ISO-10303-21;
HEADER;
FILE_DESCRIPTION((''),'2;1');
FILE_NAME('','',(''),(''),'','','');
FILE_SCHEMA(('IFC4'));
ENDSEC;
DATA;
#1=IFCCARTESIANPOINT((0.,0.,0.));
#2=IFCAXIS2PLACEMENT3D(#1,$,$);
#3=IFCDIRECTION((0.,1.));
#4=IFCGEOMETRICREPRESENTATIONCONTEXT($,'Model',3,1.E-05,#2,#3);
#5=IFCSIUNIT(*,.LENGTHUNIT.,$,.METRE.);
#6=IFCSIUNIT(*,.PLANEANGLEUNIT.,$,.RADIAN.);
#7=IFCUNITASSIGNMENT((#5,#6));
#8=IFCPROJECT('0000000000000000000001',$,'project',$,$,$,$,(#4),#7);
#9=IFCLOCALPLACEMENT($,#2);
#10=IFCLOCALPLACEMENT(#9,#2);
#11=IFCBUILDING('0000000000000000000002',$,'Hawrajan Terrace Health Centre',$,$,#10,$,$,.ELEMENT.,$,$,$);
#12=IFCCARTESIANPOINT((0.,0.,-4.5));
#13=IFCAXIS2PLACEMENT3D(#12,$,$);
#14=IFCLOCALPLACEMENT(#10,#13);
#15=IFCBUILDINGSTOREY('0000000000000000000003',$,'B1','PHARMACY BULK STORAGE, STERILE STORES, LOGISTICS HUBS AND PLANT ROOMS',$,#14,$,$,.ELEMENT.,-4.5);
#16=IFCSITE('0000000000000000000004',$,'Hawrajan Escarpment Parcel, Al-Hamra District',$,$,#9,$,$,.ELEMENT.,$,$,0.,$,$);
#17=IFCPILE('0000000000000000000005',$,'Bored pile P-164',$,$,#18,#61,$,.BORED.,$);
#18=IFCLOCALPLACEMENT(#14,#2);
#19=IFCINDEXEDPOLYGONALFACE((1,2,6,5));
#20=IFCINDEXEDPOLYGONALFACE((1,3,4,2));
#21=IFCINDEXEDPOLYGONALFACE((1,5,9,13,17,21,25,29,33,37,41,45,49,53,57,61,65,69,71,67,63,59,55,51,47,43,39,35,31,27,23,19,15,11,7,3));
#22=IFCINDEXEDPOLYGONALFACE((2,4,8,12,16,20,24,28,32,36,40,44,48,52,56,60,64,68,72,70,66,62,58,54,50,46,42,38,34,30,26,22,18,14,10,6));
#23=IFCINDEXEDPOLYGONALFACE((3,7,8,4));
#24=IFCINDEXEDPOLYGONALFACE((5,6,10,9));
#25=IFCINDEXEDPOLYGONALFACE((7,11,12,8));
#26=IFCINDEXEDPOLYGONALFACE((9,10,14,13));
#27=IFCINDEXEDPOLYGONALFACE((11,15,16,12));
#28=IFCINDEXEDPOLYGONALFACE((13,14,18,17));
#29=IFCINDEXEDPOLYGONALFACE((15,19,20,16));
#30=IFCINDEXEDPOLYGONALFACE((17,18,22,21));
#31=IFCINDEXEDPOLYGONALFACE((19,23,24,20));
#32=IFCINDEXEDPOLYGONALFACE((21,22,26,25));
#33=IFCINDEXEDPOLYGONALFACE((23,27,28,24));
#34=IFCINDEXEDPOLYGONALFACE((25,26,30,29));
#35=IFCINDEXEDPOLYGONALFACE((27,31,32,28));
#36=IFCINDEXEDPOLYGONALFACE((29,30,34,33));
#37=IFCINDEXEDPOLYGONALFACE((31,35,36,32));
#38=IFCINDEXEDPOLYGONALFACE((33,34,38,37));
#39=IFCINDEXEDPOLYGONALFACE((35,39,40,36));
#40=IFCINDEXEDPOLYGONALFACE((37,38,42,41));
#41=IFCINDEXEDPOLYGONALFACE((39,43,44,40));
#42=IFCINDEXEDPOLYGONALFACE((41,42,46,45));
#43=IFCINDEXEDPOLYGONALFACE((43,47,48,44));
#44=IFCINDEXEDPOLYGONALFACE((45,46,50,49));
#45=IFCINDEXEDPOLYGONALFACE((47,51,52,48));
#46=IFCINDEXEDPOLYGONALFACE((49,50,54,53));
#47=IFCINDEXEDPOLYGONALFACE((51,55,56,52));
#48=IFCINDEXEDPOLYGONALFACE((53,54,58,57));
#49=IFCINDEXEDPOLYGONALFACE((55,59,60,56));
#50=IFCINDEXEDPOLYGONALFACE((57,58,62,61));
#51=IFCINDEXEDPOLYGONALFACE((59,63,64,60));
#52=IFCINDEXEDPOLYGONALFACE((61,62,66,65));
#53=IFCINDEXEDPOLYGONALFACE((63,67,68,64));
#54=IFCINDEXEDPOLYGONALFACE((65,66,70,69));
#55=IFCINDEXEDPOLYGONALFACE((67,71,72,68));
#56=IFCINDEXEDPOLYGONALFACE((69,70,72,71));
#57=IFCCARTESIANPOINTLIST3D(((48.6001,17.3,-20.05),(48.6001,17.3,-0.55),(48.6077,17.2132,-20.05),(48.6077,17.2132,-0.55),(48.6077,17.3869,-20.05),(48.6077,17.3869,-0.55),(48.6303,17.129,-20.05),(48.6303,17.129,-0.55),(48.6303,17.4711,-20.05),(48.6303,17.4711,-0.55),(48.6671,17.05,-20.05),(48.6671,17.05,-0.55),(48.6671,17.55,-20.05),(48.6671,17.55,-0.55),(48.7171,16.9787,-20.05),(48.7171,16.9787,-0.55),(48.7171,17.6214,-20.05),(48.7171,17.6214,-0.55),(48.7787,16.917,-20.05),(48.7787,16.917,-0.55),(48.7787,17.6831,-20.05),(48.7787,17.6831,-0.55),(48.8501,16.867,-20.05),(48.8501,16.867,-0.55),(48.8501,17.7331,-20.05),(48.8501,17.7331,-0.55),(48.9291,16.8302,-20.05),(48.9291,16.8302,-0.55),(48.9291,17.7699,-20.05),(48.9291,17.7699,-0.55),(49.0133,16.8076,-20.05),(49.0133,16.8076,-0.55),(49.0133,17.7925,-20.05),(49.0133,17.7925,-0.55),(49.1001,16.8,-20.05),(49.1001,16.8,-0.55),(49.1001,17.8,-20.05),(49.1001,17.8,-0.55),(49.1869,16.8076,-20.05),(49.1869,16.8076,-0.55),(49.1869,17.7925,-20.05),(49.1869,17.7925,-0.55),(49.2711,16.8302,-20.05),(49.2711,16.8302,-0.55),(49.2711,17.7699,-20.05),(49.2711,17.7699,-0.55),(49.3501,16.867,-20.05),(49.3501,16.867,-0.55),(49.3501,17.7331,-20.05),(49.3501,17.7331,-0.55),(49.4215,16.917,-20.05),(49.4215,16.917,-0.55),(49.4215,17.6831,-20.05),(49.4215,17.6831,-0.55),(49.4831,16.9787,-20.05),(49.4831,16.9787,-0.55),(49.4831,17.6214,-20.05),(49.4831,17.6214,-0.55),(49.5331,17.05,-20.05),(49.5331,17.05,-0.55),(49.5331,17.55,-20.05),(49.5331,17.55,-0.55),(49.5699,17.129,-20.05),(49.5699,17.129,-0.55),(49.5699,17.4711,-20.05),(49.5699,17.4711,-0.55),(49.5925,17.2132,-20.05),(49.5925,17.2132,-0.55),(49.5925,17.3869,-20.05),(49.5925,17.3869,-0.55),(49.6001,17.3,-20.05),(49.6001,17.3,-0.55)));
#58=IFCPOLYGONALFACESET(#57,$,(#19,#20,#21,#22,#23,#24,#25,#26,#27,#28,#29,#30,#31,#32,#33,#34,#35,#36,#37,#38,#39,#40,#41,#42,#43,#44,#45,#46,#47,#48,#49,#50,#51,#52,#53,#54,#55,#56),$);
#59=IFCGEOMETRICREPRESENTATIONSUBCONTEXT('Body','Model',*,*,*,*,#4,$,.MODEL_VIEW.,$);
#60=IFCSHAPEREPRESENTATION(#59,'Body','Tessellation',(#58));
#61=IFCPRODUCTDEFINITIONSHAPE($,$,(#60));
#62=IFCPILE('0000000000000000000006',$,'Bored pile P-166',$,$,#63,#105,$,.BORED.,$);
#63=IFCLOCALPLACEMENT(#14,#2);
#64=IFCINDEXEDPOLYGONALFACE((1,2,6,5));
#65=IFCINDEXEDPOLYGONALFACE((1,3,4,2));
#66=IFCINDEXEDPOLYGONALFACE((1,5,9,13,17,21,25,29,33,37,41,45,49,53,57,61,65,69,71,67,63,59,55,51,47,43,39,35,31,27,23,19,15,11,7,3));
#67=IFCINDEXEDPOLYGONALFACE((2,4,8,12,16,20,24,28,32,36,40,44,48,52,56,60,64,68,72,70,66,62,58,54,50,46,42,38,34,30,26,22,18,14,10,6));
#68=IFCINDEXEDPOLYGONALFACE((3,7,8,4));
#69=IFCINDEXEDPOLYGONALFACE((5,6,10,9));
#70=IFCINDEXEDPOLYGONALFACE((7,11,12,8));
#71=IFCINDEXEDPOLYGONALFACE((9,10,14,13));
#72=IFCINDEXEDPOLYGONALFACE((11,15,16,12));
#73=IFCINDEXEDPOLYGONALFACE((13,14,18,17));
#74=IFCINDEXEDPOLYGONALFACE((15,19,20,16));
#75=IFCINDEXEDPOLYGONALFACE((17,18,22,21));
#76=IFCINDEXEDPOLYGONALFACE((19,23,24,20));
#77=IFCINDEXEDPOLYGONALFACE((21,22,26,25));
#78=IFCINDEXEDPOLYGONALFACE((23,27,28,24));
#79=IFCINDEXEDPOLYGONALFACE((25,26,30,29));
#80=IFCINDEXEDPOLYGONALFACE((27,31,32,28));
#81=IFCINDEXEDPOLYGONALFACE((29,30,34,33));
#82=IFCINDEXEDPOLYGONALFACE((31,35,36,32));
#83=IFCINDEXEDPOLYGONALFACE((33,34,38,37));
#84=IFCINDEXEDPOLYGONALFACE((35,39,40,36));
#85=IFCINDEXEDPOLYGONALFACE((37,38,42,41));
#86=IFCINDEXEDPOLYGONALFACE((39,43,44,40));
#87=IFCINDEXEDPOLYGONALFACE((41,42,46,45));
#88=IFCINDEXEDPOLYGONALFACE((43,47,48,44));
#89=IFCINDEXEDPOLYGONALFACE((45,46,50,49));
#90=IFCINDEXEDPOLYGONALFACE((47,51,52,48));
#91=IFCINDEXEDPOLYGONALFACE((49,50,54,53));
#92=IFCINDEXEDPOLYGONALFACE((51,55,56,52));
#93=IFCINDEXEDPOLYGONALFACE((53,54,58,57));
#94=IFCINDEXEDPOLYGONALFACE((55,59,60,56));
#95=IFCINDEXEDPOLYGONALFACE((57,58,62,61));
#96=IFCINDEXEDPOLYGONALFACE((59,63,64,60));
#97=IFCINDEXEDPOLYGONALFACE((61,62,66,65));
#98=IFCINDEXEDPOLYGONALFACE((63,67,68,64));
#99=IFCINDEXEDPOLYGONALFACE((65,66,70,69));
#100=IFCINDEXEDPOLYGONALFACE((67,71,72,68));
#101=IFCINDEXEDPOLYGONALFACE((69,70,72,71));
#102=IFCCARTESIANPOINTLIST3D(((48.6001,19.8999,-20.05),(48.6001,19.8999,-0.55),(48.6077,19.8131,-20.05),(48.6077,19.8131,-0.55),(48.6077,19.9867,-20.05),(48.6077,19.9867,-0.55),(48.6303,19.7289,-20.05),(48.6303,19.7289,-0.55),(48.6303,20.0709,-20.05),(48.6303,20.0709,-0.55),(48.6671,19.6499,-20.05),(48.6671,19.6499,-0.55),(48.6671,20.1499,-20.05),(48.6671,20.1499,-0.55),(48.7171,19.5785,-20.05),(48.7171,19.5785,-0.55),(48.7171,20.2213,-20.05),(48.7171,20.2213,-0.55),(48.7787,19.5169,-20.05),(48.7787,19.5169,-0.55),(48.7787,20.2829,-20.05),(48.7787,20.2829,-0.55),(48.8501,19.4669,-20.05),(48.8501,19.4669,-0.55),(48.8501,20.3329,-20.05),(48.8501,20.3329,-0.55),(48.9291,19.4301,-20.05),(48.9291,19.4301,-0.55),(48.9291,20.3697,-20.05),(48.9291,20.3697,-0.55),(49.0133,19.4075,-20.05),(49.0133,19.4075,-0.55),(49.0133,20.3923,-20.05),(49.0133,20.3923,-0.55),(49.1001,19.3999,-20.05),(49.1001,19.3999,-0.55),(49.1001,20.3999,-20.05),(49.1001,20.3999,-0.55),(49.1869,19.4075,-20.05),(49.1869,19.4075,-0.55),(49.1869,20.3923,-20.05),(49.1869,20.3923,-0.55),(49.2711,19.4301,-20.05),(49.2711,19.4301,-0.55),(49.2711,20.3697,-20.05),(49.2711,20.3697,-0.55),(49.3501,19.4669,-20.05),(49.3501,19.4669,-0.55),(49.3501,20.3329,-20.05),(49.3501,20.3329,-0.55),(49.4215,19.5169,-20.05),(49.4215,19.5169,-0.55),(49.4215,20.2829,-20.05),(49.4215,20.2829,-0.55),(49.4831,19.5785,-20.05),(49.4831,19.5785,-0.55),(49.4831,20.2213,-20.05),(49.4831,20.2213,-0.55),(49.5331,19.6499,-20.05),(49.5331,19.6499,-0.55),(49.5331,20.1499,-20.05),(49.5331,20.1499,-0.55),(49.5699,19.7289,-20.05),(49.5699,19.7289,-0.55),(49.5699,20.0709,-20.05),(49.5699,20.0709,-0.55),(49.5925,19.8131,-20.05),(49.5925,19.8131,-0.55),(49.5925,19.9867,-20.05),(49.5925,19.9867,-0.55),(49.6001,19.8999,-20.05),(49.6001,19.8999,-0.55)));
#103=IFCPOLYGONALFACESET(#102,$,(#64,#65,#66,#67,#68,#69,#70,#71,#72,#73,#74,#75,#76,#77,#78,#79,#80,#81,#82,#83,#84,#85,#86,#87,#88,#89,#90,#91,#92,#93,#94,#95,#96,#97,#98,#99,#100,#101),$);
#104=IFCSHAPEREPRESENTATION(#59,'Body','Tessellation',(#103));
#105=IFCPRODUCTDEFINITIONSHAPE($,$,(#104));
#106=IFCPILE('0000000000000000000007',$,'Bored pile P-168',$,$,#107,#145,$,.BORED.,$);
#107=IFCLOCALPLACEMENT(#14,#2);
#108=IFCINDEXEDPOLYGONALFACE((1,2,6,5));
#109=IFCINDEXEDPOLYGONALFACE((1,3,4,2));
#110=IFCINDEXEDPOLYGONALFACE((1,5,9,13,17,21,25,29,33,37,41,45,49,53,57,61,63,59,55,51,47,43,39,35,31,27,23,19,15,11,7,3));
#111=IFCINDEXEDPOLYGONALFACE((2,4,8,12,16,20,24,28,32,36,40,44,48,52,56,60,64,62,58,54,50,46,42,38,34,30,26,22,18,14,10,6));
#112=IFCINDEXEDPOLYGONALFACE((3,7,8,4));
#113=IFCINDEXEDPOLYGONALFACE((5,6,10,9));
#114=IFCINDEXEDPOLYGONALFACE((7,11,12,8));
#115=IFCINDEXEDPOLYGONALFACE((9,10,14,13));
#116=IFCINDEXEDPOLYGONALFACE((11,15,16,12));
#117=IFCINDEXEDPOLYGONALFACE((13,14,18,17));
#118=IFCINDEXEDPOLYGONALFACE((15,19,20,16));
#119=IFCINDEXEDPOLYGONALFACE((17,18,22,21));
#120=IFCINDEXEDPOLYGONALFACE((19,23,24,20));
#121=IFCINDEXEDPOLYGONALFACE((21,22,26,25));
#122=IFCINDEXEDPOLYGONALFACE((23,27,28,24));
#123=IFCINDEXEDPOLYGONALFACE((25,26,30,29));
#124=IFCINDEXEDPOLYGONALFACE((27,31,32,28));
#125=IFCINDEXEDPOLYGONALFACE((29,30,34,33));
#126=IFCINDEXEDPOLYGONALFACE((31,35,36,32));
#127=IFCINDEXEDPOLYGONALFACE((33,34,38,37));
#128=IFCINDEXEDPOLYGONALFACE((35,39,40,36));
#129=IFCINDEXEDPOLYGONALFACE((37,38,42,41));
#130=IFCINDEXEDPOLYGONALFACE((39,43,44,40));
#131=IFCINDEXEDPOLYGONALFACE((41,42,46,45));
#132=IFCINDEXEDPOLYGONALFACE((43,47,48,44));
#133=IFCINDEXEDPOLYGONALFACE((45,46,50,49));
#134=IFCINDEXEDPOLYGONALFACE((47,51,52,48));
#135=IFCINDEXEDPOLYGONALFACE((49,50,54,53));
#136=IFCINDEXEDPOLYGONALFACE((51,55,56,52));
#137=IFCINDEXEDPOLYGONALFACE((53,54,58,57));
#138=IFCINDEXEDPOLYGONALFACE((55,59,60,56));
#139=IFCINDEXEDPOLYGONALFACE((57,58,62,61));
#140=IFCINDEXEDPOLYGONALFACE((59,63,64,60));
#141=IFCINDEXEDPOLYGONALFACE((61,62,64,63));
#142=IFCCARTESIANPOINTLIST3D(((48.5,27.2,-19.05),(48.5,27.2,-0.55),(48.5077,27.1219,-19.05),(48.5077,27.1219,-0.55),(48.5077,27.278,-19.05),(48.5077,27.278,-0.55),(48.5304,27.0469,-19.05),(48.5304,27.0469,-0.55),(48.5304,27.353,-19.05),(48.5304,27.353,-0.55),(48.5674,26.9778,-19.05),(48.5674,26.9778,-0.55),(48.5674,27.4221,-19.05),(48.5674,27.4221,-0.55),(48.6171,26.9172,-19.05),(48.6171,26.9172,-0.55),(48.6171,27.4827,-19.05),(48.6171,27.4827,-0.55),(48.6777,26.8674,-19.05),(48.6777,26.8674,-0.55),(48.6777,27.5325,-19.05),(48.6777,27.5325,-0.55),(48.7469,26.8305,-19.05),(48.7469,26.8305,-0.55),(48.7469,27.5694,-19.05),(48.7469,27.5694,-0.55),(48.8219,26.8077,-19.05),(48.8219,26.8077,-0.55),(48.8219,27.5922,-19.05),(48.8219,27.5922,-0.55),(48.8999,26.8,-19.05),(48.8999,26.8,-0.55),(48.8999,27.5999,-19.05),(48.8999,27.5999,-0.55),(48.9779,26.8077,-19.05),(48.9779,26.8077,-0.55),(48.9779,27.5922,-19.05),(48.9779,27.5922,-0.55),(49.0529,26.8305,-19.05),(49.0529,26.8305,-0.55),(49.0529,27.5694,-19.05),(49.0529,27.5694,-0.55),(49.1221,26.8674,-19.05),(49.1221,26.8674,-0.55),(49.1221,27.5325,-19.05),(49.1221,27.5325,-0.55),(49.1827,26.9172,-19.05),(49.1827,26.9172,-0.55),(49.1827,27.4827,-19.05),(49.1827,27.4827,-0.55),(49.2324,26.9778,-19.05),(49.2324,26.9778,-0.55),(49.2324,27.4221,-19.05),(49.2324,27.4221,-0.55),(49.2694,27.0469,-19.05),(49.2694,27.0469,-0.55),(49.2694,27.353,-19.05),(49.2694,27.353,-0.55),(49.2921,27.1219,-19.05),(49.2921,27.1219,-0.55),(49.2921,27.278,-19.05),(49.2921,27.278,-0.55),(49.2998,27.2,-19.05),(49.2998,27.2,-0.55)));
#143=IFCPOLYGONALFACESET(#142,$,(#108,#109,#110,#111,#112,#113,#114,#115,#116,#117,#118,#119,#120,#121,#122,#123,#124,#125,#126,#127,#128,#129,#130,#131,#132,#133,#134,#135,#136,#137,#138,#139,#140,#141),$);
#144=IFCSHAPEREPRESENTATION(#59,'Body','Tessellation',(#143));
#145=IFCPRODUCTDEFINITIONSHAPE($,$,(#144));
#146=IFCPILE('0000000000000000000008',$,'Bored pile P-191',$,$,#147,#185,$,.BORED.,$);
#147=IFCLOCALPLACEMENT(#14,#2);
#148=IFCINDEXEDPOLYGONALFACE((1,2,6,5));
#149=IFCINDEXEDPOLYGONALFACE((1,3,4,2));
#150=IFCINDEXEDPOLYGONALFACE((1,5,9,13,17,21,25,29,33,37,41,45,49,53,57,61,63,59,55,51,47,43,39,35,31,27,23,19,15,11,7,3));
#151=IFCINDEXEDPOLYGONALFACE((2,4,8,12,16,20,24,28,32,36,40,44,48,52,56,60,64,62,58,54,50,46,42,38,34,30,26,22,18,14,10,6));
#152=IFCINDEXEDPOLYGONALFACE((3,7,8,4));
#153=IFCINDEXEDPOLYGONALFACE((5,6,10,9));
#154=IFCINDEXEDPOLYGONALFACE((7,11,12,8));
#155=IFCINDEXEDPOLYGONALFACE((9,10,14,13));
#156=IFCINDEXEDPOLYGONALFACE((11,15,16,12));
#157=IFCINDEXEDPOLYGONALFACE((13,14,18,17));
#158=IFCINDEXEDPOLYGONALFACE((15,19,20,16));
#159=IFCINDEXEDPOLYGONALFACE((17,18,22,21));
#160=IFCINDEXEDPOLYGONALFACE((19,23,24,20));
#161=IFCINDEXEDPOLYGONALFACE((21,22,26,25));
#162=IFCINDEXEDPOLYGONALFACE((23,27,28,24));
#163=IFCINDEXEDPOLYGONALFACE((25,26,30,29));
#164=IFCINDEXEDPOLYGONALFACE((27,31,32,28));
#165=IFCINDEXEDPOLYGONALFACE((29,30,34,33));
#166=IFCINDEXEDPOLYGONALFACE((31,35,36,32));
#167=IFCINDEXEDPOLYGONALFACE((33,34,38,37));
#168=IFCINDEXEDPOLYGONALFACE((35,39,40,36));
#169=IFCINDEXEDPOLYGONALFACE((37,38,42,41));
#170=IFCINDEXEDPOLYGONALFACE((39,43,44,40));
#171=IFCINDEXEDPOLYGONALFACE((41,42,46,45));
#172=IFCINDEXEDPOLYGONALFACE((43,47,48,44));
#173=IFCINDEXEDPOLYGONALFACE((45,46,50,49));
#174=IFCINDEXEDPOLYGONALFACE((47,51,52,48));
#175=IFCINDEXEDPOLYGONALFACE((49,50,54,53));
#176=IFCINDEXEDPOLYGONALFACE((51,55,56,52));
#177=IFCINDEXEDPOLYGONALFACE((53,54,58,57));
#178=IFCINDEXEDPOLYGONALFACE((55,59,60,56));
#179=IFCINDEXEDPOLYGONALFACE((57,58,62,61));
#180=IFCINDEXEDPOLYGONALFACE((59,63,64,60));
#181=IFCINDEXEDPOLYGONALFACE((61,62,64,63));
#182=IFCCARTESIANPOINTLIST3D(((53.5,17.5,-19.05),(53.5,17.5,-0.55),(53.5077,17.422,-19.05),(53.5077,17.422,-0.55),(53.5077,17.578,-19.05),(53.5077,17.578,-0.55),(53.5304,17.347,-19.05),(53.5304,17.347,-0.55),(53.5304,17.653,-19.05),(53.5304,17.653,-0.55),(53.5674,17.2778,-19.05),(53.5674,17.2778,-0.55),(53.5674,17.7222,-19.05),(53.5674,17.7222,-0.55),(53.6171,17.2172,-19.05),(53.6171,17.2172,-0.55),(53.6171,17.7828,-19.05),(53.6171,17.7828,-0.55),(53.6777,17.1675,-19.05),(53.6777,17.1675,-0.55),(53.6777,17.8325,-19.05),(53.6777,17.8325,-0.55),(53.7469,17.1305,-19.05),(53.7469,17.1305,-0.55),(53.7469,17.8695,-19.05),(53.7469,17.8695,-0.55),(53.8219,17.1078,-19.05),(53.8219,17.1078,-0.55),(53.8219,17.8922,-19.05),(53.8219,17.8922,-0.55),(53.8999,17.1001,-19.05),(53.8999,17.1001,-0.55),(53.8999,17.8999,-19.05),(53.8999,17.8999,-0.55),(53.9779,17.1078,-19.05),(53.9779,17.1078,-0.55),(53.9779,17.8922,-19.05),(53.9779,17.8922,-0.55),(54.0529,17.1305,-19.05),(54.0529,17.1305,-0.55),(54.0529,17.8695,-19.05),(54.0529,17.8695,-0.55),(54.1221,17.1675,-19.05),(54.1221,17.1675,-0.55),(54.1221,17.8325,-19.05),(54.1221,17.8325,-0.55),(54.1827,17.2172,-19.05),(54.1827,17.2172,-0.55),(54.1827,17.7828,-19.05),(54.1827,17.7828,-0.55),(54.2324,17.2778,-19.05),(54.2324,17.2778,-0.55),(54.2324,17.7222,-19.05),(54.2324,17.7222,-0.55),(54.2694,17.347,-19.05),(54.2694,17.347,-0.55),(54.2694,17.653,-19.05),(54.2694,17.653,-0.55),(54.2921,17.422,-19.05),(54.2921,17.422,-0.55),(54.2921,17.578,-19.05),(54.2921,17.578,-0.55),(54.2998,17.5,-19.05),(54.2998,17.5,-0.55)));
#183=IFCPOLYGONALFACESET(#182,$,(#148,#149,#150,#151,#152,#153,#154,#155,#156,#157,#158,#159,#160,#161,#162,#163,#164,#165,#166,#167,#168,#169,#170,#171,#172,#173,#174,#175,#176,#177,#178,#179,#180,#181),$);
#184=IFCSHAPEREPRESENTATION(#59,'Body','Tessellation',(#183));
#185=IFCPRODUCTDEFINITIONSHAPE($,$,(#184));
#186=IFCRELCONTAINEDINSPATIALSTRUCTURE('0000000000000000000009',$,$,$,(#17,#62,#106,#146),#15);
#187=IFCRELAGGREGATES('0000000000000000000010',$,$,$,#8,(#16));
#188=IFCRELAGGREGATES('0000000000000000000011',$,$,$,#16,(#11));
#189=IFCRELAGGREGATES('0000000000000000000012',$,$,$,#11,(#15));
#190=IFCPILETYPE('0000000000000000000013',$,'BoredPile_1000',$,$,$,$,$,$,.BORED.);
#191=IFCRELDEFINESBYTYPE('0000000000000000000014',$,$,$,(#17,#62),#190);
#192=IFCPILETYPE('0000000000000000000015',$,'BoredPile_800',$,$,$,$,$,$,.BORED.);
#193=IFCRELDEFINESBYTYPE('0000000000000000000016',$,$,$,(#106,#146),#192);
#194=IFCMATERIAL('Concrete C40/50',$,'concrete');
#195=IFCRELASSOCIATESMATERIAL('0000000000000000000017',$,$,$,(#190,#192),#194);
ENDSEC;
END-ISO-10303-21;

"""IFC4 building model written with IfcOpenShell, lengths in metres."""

from ifc_helpers import new_model, si_unit, direction, frame, origin, origin_2d, place, context, subcontext, project, spatial, circle, extrude, material, material_profile, profile_set, type_object, element, save


model = new_model("IFC4")

# Units and contexts
model_context = context("Model", 3, precision=1e-05, world=origin(), true_north=direction((0.0, 1.0)))
body_context = subcontext(model_context, "Body", "Model", "MODEL_VIEW")
ifc_project = project(units=[si_unit("LENGTHUNIT", "METRE"), si_unit("PLANEANGLEUNIT", "RADIAN")], contexts=[model_context])

# Site, building, storey
site_placement = place(None, origin())
site = spatial("IfcSite", under=ifc_project, at=site_placement, Name="Hawrajan Escarpment Parcel, Al-Hamra District", CompositionType="ELEMENT", RefElevation=0.0)
building_placement = place(site_placement, origin())
building = spatial("IfcBuilding", under=site, at=building_placement, Name="Hawrajan Terrace Health Centre", CompositionType="ELEMENT")
storey_placement = place(building_placement, frame((0.0, 0.0, -4.5)))
storey = spatial("IfcBuildingStorey", under=building, at=storey_placement, Name="B1", Description="PHARMACY BULK STORAGE, STERILE STORES, LOGISTICS HUBS AND PLANT ROOMS", CompositionType="ELEMENT", Elevation=-4.5)

# Piles
ifc_material_1 = material(Name="Concrete C40/50", Category="concrete")
ifc_material_profile_1 = material_profile(ifc_material_1, circle(Radius=0.5, at=origin_2d()), Name="BP 1000")
ifc_profile_set_1 = profile_set([ifc_material_profile_1], Name="Concrete C40/50")
pile_type_1 = type_object("IfcPileType", Name="BoredPile_1000", PredefinedType="BORED", material=ifc_profile_set_1)
for number, where, z_axis, x_axis, name in (
    (1, (49.1001, 17.3, -0.55), (0.0, 0.0, -1.0), (1.0, 0.0, 0.0), "Bored pile P-164"),
    (2, (49.1001, 19.8999, -0.55), (0.0, 0.0, -1.0), (1.0, 0.0, 0.0), "Bored pile P-166"),
):
    element("IfcPile", number, at=place(storey_placement, frame(where, z_axis=z_axis, x_axis=x_axis)), inside=storey, type_object=pile_type_1, Name=name, PredefinedType="BORED", context=body_context, shape_type="SweptSolid", body=[
        extrude(circle(Radius=0.5, at=origin_2d()), origin(), (0.0, 0.0, 1.0), 19.5),
    ])
ifc_material_profile_2 = material_profile(ifc_material_1, circle(Radius=0.3999, at=origin_2d()), Name="BP 800")
ifc_profile_set_2 = profile_set([ifc_material_profile_2], Name="Concrete C40/50")
pile_type_2 = type_object("IfcPileType", Name="BoredPile_800", PredefinedType="BORED", material=ifc_profile_set_2)
for number, where, z_axis, x_axis, name in (
    (3, (48.8999, 27.2, -0.55), (0.0, 0.0, -1.0), (1.0, 0.0, 0.0), "Bored pile P-168"),
    (4, (53.8999, 17.5, -0.55), (0.0, 0.0, -1.0), (1.0, 0.0, 0.0), "Bored pile P-191"),
):
    element("IfcPile", number, at=place(storey_placement, frame(where, z_axis=z_axis, x_axis=x_axis)), inside=storey, type_object=pile_type_2, Name=name, PredefinedType="BORED", context=body_context, shape_type="SweptSolid", body=[
        extrude(circle(Radius=0.3999, at=origin_2d()), origin(), (0.0, 0.0, 1.0), 18.5),
    ])

save(model, "model.ifc")
